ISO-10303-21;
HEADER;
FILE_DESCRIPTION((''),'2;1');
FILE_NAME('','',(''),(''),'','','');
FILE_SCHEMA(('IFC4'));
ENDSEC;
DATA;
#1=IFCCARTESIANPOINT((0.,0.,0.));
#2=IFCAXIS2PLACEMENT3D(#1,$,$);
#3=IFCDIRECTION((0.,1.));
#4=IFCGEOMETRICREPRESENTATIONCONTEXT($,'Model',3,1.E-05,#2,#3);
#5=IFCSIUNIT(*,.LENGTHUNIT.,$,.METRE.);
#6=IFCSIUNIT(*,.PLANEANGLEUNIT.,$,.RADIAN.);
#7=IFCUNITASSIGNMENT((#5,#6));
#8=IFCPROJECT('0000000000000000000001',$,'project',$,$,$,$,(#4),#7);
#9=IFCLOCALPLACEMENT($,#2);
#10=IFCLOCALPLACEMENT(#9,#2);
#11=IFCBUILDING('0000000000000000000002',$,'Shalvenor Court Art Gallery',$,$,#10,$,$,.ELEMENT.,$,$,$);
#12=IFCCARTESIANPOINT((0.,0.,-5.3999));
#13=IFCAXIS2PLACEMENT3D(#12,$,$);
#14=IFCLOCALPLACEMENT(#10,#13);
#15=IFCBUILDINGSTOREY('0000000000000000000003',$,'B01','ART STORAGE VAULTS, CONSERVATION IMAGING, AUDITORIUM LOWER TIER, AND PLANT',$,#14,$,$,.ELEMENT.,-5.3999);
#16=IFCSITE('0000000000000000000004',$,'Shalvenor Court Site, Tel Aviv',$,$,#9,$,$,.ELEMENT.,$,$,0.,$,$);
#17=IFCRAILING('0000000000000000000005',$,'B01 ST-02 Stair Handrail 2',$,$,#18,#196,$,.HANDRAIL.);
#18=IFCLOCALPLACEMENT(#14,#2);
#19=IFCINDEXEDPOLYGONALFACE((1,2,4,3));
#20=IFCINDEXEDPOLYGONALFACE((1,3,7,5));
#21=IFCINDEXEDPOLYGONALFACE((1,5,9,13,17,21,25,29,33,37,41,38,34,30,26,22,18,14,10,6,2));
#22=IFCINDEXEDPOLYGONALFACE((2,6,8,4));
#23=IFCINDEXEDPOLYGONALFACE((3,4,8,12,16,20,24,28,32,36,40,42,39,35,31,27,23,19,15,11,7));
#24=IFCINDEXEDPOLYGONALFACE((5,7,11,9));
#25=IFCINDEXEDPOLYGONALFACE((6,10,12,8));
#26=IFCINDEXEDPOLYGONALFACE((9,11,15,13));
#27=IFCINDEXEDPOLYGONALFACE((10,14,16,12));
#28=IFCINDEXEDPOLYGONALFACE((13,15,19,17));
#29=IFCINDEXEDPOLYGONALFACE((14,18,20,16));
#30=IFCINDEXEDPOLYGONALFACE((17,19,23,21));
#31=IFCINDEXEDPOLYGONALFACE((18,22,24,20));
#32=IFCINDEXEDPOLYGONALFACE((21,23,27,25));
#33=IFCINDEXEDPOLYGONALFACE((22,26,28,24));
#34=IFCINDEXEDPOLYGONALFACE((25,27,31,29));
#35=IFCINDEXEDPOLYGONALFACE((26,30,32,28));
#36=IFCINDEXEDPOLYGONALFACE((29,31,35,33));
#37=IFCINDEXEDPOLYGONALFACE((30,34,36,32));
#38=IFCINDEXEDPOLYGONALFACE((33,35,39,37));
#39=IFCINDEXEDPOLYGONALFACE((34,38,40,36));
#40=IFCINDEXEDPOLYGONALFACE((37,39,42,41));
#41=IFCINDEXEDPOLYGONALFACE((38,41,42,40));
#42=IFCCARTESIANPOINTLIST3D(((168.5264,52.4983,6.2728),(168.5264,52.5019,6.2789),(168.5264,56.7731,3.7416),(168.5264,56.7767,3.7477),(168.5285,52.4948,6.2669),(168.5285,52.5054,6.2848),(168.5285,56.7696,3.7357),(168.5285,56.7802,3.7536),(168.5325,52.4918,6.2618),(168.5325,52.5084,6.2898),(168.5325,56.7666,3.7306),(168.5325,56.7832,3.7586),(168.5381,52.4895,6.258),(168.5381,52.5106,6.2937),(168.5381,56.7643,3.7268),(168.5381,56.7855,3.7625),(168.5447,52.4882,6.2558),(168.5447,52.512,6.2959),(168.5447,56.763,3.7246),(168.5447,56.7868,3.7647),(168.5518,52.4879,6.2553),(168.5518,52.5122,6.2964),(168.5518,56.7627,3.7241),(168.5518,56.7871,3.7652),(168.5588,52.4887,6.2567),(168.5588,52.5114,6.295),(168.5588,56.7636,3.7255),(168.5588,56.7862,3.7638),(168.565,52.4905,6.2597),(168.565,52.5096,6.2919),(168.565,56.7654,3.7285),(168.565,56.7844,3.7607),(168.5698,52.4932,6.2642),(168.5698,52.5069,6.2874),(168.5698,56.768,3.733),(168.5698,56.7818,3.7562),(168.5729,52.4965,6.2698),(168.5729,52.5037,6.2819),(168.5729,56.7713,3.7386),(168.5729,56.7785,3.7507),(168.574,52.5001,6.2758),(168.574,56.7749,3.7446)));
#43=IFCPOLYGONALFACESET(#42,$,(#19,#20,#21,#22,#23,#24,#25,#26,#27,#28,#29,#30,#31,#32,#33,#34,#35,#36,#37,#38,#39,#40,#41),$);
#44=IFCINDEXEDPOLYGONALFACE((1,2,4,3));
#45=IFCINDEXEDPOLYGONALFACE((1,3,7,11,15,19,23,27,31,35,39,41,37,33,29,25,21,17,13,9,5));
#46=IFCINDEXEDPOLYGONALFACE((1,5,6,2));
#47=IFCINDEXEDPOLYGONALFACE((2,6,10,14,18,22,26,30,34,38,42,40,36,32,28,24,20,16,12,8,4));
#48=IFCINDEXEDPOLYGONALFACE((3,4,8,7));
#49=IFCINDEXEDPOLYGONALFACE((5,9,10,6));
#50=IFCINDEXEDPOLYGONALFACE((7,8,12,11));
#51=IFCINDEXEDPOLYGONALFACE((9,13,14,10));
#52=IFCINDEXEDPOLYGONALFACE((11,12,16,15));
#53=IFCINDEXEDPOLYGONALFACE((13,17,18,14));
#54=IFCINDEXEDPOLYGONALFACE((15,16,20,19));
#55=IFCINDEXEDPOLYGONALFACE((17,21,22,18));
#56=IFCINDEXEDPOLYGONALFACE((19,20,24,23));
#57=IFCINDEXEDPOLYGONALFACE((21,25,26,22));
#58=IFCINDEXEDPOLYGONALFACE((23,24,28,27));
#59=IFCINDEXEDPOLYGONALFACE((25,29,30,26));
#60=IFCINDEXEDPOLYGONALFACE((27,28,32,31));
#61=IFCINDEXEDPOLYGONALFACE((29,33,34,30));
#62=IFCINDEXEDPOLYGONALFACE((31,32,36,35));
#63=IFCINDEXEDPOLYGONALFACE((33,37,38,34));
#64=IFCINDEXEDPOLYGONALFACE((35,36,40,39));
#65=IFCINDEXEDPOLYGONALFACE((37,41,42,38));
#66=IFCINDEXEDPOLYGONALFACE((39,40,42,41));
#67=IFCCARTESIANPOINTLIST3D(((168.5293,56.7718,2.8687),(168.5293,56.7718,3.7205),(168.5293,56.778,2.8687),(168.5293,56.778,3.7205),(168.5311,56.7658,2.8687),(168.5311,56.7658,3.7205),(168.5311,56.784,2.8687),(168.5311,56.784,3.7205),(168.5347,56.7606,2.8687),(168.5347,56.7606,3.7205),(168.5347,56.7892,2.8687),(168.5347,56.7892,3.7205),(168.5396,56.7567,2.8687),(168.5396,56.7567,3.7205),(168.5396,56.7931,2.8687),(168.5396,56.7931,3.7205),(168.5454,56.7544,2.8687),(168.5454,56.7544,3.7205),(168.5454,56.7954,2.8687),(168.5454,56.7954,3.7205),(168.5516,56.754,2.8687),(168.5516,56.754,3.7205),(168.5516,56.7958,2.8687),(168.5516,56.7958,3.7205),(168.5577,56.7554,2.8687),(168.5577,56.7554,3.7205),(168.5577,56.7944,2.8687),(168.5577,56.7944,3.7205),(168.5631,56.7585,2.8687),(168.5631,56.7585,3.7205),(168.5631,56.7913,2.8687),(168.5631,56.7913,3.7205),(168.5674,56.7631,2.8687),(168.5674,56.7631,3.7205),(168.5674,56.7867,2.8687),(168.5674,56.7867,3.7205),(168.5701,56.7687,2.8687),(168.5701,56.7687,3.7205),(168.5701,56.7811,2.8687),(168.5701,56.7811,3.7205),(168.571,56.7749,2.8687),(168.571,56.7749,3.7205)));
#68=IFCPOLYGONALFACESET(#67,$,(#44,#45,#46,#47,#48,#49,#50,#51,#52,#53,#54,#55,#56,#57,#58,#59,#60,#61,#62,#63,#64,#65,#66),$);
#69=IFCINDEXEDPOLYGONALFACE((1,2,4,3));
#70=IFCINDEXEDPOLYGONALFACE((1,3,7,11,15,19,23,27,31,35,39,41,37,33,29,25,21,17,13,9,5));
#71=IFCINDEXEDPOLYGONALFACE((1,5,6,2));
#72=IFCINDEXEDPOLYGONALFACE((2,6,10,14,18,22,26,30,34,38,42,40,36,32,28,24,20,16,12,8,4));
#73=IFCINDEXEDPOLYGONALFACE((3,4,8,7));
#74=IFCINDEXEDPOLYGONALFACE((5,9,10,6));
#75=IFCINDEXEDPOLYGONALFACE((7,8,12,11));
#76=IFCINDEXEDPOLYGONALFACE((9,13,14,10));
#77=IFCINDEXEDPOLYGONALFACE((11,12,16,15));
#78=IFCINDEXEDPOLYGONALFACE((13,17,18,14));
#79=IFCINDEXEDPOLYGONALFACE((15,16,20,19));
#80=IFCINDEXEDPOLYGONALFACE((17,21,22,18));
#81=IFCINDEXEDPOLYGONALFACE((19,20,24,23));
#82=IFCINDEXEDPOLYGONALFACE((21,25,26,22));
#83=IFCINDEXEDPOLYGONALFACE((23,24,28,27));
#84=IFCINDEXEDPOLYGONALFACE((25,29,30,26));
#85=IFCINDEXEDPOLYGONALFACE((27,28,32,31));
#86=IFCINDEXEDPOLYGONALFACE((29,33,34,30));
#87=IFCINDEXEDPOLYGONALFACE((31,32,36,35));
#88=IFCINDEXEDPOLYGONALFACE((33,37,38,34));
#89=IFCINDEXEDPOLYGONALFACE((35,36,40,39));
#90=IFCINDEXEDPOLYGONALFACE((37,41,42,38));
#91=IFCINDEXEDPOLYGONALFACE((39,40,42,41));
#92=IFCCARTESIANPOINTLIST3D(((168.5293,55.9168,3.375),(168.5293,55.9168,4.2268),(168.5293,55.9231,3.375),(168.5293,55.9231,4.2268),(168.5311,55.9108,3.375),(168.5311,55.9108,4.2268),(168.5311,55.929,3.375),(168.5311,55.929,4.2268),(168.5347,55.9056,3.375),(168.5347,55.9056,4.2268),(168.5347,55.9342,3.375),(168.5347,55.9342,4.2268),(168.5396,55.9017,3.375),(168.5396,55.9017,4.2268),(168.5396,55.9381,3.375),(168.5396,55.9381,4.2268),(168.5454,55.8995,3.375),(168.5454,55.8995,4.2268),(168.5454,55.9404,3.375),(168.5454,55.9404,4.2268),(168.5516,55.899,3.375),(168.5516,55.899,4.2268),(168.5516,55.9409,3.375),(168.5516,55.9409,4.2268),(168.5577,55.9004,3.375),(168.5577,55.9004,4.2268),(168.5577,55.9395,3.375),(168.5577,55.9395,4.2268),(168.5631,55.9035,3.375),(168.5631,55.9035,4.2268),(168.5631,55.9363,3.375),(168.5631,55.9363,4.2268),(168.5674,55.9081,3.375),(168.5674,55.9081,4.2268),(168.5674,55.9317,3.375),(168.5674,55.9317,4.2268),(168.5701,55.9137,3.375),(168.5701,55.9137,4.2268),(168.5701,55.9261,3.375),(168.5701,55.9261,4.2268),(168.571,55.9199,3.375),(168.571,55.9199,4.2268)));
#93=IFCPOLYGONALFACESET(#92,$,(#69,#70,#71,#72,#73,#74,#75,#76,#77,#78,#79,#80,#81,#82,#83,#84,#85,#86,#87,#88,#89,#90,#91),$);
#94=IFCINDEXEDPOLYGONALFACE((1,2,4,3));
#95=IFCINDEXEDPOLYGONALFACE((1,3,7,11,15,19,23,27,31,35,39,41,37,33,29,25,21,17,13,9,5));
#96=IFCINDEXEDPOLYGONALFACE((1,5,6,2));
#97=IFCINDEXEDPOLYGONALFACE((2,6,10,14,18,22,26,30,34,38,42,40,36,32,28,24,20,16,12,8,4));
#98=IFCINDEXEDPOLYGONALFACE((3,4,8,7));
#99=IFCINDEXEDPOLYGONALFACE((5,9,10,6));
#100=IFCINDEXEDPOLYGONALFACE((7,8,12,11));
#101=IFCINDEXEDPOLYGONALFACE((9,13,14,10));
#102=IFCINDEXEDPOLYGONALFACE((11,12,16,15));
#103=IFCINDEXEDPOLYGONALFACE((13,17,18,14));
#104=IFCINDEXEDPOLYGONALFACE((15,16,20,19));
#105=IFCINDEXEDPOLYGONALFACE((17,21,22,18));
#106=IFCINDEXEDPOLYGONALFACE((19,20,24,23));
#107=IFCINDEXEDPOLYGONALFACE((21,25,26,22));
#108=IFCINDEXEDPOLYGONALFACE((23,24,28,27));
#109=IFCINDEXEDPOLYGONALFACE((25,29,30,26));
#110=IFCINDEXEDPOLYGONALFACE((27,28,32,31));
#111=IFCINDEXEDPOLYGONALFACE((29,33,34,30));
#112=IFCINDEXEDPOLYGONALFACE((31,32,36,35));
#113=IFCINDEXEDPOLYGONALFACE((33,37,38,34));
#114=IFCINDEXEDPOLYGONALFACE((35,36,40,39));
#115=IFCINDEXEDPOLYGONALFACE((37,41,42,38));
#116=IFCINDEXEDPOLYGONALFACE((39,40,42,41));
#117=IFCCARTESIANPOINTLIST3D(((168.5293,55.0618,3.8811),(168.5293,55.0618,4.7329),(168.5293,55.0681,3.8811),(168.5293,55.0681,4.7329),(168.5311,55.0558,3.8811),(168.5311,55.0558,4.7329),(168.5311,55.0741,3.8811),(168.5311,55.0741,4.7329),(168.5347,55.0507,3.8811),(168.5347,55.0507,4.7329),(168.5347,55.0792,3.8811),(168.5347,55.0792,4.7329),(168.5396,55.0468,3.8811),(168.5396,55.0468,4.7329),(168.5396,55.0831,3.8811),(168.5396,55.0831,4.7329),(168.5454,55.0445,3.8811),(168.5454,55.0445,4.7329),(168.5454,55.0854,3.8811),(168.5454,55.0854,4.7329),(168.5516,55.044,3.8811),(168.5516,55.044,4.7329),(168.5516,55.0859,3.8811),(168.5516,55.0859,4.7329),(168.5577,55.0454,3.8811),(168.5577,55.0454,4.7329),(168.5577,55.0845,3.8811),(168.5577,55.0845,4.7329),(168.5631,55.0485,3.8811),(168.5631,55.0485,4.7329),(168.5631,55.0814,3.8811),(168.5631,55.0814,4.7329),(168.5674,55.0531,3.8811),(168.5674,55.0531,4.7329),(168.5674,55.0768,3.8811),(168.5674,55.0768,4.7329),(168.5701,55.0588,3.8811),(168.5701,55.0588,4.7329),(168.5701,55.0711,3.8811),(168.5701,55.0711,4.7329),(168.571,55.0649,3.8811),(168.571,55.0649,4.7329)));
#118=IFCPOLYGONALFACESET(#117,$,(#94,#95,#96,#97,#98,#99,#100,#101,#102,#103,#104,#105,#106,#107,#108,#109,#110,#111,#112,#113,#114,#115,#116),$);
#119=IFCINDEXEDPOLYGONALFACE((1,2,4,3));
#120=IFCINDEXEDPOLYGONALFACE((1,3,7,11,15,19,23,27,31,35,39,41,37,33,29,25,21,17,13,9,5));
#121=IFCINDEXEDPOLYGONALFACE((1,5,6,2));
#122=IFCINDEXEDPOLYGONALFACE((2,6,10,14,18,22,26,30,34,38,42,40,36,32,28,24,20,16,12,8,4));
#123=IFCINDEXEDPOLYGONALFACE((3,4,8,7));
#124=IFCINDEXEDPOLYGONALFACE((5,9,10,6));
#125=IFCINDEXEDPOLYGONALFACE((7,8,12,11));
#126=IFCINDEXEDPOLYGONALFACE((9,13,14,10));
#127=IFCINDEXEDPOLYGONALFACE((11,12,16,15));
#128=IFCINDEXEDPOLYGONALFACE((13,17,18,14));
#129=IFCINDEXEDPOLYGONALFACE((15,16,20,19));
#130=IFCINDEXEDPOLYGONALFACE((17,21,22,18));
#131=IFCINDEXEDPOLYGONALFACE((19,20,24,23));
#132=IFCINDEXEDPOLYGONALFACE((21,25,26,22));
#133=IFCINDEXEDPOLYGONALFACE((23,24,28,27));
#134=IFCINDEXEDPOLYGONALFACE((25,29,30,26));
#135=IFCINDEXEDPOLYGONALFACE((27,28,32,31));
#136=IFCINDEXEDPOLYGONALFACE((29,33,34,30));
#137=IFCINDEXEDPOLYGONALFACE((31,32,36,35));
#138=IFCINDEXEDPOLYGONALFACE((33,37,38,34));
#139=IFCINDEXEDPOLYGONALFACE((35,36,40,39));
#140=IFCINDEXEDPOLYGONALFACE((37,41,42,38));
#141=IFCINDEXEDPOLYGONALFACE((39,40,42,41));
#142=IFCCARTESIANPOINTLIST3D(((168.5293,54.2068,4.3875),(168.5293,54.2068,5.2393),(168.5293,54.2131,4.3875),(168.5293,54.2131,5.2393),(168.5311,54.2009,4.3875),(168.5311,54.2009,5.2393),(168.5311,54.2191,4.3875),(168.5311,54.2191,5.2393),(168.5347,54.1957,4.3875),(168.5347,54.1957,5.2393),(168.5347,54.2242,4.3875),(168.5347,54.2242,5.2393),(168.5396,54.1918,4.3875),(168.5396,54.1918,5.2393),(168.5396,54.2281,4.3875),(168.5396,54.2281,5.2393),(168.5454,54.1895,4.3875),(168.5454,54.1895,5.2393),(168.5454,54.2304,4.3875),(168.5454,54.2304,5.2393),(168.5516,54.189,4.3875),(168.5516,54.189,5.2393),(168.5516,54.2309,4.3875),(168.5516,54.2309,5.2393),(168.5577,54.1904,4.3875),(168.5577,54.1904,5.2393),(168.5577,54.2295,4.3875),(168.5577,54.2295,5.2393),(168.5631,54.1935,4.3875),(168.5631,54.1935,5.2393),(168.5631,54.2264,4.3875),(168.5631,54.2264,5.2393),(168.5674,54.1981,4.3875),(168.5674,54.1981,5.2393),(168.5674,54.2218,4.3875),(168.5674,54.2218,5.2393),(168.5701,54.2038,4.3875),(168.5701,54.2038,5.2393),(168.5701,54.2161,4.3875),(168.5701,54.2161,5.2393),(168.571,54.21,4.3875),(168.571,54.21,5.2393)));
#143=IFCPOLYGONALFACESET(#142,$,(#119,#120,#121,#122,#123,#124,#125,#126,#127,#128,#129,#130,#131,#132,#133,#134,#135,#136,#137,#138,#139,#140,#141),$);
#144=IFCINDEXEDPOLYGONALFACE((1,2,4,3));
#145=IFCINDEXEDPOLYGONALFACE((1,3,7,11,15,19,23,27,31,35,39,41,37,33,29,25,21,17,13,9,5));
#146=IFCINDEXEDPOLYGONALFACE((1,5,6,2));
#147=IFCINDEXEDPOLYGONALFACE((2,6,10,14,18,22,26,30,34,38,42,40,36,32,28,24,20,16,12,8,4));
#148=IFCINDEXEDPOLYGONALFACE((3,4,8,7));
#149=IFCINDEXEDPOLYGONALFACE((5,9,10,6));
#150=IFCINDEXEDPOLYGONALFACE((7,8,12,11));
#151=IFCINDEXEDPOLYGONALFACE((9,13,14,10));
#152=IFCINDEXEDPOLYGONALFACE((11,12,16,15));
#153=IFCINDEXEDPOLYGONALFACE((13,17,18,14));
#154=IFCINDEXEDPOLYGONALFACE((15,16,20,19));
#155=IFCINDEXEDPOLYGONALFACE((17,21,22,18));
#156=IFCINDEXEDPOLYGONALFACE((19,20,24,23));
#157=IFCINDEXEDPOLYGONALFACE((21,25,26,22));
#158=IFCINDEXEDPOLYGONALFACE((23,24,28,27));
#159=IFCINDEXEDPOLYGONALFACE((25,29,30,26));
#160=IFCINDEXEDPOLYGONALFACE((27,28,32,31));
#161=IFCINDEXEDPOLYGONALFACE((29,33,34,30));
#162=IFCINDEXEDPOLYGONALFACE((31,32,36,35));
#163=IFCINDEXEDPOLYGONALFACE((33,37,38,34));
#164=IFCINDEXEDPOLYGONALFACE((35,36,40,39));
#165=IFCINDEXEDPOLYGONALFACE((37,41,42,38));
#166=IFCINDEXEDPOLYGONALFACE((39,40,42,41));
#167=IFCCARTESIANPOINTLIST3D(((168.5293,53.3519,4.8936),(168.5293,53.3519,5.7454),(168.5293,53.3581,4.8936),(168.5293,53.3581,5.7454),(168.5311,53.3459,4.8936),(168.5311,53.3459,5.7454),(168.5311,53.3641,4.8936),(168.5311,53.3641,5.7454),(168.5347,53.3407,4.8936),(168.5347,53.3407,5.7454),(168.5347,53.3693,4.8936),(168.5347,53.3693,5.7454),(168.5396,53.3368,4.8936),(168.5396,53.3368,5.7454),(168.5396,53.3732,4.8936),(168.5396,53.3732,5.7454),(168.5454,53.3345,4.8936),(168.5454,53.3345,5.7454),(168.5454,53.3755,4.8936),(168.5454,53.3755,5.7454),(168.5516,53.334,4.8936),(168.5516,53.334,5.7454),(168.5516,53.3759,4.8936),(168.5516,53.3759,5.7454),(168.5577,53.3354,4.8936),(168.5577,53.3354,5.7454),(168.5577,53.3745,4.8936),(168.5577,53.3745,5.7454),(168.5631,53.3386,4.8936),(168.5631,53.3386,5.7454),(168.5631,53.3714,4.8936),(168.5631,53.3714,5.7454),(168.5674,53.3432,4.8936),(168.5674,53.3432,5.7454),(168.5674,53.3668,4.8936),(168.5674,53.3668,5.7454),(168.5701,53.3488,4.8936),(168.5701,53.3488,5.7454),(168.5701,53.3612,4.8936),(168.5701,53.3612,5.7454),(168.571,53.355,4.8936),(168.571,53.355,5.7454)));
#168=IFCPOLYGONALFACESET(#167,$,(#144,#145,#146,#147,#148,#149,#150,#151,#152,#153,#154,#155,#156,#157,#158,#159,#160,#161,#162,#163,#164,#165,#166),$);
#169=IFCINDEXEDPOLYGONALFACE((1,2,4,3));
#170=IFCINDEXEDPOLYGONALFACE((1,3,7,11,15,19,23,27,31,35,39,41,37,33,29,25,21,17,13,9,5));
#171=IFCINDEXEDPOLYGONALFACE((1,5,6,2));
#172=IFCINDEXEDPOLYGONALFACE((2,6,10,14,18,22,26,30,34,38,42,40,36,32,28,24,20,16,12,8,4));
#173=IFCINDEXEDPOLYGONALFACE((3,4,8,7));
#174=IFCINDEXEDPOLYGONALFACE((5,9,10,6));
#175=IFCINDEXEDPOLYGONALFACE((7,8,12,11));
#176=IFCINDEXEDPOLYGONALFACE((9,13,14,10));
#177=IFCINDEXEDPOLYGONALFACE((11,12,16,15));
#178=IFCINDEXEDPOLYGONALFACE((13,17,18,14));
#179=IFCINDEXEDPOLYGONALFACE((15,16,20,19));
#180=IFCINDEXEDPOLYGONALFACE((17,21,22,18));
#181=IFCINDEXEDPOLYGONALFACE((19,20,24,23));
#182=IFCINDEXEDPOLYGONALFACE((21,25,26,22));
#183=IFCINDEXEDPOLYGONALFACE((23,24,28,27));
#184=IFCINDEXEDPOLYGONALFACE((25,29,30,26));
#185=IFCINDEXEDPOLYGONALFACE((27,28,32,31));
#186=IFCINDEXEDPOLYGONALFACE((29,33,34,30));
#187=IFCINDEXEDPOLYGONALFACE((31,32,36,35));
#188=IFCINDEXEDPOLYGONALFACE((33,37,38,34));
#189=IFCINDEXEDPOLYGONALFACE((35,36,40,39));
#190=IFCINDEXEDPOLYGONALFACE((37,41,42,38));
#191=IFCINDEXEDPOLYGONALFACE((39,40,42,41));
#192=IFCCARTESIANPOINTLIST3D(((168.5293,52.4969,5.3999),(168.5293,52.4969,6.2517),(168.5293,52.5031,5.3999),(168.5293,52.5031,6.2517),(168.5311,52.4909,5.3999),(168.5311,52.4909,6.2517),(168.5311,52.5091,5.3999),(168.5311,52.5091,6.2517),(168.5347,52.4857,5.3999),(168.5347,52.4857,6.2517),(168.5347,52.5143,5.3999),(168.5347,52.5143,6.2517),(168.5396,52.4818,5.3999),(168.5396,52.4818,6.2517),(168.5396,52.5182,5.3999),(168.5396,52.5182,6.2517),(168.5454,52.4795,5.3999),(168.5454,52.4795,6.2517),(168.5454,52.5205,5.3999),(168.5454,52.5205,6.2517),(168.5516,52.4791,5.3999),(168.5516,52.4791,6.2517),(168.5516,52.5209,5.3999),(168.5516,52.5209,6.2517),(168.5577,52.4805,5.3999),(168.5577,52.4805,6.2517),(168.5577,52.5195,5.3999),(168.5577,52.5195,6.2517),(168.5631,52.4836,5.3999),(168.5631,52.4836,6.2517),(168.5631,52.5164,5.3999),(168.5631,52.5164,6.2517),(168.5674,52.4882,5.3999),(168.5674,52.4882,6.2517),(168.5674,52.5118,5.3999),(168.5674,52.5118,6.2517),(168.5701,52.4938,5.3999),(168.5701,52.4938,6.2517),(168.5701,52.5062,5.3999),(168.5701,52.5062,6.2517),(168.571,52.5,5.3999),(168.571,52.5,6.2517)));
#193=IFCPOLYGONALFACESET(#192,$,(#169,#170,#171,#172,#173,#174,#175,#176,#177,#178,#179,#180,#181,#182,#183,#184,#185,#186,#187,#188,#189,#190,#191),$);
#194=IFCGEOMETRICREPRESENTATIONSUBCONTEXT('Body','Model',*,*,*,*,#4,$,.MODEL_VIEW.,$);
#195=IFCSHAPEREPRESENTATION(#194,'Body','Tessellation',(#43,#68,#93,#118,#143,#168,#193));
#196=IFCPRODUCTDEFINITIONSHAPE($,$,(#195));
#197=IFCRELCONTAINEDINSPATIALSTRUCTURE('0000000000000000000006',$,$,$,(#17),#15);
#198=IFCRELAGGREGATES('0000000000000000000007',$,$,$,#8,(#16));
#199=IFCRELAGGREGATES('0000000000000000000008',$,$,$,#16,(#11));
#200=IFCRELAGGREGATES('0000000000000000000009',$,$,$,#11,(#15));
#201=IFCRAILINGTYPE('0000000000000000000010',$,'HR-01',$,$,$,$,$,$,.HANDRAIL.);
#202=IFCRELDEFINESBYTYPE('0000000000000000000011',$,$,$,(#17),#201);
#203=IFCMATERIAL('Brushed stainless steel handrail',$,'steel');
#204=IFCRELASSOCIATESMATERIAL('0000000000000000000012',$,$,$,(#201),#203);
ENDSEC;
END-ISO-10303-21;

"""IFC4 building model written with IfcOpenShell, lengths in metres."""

from ifc_helpers import new_model, si_unit, direction, frame, origin, origin_2d, place, context, subcontext, project, spatial, circle, extrude, material, type_object, element, save


model = new_model("IFC4")

# Units and contexts
model_context = context("Model", 3, precision=1e-05, world=origin(), true_north=direction((0.0, 1.0)))
body_context = subcontext(model_context, "Body", "Model", "MODEL_VIEW")
ifc_project = project(units=[si_unit("LENGTHUNIT", "METRE"), si_unit("PLANEANGLEUNIT", "RADIAN")], contexts=[model_context])

# Site, building, storey
site_placement = place(None, origin())
site = spatial("IfcSite", under=ifc_project, at=site_placement, Name="Shalvenor Court Site, Tel Aviv", CompositionType="ELEMENT", RefElevation=0.0)
building_placement = place(site_placement, origin())
building = spatial("IfcBuilding", under=site, at=building_placement, Name="Shalvenor Court Art Gallery", CompositionType="ELEMENT")
storey_placement = place(building_placement, frame((0.0, 0.0, -5.3999)))
storey = spatial("IfcBuildingStorey", under=building, at=storey_placement, Name="B01", Description="ART STORAGE VAULTS, CONSERVATION IMAGING, AUDITORIUM LOWER TIER, AND PLANT", CompositionType="ELEMENT", Elevation=-5.3999)

# Railing
ifc_material_1 = material(Name="Brushed stainless steel handrail", Category="steel")
railing_type = type_object("IfcRailingType", Name="HR-01", PredefinedType="HANDRAIL", material=ifc_material_1)
railing_placement = place(storey_placement, frame((168.55, 56.7749, 2.8687)))
element("IfcRailing", 1, at=railing_placement, inside=storey, type_object=railing_type, Name="B01 ST-02 Stair Handrail 2", PredefinedType="HANDRAIL", context=body_context, shape_type="SweptSolid", body=[
    extrude(circle(Radius=0.0239, at=origin_2d()), frame((0.0, 0.0, 0.876), z_axis=(0.0, -0.86047, 0.509501), x_axis=(1.0, 0.0, 0.0)), (0.0, 0.0, 1.0), 4.968),
    extrude(circle(Radius=0.021, at=origin_2d()), origin(), (0.0, 0.0, 1.0), 0.8518),
    extrude(circle(Radius=0.021, at=origin_2d()), frame((0.0, -0.855, 0.5063)), (0.0, 0.0, 1.0), 0.8518),
    extrude(circle(Radius=0.021, at=origin_2d()), frame((0.0, -1.71, 1.0125)), (0.0, 0.0, 1.0), 0.8518),
    extrude(circle(Radius=0.021, at=origin_2d()), frame((0.0, -2.5649, 1.5188)), (0.0, 0.0, 1.0), 0.8518),
    extrude(circle(Radius=0.021, at=origin_2d()), frame((0.0, -3.4199, 2.0249)), (0.0, 0.0, 1.0), 0.8518),
    extrude(circle(Radius=0.021, at=origin_2d()), frame((0.0, -4.2749, 2.5312)), (0.0, 0.0, 1.0), 0.8518),
])

save(model, "model.ifc")
